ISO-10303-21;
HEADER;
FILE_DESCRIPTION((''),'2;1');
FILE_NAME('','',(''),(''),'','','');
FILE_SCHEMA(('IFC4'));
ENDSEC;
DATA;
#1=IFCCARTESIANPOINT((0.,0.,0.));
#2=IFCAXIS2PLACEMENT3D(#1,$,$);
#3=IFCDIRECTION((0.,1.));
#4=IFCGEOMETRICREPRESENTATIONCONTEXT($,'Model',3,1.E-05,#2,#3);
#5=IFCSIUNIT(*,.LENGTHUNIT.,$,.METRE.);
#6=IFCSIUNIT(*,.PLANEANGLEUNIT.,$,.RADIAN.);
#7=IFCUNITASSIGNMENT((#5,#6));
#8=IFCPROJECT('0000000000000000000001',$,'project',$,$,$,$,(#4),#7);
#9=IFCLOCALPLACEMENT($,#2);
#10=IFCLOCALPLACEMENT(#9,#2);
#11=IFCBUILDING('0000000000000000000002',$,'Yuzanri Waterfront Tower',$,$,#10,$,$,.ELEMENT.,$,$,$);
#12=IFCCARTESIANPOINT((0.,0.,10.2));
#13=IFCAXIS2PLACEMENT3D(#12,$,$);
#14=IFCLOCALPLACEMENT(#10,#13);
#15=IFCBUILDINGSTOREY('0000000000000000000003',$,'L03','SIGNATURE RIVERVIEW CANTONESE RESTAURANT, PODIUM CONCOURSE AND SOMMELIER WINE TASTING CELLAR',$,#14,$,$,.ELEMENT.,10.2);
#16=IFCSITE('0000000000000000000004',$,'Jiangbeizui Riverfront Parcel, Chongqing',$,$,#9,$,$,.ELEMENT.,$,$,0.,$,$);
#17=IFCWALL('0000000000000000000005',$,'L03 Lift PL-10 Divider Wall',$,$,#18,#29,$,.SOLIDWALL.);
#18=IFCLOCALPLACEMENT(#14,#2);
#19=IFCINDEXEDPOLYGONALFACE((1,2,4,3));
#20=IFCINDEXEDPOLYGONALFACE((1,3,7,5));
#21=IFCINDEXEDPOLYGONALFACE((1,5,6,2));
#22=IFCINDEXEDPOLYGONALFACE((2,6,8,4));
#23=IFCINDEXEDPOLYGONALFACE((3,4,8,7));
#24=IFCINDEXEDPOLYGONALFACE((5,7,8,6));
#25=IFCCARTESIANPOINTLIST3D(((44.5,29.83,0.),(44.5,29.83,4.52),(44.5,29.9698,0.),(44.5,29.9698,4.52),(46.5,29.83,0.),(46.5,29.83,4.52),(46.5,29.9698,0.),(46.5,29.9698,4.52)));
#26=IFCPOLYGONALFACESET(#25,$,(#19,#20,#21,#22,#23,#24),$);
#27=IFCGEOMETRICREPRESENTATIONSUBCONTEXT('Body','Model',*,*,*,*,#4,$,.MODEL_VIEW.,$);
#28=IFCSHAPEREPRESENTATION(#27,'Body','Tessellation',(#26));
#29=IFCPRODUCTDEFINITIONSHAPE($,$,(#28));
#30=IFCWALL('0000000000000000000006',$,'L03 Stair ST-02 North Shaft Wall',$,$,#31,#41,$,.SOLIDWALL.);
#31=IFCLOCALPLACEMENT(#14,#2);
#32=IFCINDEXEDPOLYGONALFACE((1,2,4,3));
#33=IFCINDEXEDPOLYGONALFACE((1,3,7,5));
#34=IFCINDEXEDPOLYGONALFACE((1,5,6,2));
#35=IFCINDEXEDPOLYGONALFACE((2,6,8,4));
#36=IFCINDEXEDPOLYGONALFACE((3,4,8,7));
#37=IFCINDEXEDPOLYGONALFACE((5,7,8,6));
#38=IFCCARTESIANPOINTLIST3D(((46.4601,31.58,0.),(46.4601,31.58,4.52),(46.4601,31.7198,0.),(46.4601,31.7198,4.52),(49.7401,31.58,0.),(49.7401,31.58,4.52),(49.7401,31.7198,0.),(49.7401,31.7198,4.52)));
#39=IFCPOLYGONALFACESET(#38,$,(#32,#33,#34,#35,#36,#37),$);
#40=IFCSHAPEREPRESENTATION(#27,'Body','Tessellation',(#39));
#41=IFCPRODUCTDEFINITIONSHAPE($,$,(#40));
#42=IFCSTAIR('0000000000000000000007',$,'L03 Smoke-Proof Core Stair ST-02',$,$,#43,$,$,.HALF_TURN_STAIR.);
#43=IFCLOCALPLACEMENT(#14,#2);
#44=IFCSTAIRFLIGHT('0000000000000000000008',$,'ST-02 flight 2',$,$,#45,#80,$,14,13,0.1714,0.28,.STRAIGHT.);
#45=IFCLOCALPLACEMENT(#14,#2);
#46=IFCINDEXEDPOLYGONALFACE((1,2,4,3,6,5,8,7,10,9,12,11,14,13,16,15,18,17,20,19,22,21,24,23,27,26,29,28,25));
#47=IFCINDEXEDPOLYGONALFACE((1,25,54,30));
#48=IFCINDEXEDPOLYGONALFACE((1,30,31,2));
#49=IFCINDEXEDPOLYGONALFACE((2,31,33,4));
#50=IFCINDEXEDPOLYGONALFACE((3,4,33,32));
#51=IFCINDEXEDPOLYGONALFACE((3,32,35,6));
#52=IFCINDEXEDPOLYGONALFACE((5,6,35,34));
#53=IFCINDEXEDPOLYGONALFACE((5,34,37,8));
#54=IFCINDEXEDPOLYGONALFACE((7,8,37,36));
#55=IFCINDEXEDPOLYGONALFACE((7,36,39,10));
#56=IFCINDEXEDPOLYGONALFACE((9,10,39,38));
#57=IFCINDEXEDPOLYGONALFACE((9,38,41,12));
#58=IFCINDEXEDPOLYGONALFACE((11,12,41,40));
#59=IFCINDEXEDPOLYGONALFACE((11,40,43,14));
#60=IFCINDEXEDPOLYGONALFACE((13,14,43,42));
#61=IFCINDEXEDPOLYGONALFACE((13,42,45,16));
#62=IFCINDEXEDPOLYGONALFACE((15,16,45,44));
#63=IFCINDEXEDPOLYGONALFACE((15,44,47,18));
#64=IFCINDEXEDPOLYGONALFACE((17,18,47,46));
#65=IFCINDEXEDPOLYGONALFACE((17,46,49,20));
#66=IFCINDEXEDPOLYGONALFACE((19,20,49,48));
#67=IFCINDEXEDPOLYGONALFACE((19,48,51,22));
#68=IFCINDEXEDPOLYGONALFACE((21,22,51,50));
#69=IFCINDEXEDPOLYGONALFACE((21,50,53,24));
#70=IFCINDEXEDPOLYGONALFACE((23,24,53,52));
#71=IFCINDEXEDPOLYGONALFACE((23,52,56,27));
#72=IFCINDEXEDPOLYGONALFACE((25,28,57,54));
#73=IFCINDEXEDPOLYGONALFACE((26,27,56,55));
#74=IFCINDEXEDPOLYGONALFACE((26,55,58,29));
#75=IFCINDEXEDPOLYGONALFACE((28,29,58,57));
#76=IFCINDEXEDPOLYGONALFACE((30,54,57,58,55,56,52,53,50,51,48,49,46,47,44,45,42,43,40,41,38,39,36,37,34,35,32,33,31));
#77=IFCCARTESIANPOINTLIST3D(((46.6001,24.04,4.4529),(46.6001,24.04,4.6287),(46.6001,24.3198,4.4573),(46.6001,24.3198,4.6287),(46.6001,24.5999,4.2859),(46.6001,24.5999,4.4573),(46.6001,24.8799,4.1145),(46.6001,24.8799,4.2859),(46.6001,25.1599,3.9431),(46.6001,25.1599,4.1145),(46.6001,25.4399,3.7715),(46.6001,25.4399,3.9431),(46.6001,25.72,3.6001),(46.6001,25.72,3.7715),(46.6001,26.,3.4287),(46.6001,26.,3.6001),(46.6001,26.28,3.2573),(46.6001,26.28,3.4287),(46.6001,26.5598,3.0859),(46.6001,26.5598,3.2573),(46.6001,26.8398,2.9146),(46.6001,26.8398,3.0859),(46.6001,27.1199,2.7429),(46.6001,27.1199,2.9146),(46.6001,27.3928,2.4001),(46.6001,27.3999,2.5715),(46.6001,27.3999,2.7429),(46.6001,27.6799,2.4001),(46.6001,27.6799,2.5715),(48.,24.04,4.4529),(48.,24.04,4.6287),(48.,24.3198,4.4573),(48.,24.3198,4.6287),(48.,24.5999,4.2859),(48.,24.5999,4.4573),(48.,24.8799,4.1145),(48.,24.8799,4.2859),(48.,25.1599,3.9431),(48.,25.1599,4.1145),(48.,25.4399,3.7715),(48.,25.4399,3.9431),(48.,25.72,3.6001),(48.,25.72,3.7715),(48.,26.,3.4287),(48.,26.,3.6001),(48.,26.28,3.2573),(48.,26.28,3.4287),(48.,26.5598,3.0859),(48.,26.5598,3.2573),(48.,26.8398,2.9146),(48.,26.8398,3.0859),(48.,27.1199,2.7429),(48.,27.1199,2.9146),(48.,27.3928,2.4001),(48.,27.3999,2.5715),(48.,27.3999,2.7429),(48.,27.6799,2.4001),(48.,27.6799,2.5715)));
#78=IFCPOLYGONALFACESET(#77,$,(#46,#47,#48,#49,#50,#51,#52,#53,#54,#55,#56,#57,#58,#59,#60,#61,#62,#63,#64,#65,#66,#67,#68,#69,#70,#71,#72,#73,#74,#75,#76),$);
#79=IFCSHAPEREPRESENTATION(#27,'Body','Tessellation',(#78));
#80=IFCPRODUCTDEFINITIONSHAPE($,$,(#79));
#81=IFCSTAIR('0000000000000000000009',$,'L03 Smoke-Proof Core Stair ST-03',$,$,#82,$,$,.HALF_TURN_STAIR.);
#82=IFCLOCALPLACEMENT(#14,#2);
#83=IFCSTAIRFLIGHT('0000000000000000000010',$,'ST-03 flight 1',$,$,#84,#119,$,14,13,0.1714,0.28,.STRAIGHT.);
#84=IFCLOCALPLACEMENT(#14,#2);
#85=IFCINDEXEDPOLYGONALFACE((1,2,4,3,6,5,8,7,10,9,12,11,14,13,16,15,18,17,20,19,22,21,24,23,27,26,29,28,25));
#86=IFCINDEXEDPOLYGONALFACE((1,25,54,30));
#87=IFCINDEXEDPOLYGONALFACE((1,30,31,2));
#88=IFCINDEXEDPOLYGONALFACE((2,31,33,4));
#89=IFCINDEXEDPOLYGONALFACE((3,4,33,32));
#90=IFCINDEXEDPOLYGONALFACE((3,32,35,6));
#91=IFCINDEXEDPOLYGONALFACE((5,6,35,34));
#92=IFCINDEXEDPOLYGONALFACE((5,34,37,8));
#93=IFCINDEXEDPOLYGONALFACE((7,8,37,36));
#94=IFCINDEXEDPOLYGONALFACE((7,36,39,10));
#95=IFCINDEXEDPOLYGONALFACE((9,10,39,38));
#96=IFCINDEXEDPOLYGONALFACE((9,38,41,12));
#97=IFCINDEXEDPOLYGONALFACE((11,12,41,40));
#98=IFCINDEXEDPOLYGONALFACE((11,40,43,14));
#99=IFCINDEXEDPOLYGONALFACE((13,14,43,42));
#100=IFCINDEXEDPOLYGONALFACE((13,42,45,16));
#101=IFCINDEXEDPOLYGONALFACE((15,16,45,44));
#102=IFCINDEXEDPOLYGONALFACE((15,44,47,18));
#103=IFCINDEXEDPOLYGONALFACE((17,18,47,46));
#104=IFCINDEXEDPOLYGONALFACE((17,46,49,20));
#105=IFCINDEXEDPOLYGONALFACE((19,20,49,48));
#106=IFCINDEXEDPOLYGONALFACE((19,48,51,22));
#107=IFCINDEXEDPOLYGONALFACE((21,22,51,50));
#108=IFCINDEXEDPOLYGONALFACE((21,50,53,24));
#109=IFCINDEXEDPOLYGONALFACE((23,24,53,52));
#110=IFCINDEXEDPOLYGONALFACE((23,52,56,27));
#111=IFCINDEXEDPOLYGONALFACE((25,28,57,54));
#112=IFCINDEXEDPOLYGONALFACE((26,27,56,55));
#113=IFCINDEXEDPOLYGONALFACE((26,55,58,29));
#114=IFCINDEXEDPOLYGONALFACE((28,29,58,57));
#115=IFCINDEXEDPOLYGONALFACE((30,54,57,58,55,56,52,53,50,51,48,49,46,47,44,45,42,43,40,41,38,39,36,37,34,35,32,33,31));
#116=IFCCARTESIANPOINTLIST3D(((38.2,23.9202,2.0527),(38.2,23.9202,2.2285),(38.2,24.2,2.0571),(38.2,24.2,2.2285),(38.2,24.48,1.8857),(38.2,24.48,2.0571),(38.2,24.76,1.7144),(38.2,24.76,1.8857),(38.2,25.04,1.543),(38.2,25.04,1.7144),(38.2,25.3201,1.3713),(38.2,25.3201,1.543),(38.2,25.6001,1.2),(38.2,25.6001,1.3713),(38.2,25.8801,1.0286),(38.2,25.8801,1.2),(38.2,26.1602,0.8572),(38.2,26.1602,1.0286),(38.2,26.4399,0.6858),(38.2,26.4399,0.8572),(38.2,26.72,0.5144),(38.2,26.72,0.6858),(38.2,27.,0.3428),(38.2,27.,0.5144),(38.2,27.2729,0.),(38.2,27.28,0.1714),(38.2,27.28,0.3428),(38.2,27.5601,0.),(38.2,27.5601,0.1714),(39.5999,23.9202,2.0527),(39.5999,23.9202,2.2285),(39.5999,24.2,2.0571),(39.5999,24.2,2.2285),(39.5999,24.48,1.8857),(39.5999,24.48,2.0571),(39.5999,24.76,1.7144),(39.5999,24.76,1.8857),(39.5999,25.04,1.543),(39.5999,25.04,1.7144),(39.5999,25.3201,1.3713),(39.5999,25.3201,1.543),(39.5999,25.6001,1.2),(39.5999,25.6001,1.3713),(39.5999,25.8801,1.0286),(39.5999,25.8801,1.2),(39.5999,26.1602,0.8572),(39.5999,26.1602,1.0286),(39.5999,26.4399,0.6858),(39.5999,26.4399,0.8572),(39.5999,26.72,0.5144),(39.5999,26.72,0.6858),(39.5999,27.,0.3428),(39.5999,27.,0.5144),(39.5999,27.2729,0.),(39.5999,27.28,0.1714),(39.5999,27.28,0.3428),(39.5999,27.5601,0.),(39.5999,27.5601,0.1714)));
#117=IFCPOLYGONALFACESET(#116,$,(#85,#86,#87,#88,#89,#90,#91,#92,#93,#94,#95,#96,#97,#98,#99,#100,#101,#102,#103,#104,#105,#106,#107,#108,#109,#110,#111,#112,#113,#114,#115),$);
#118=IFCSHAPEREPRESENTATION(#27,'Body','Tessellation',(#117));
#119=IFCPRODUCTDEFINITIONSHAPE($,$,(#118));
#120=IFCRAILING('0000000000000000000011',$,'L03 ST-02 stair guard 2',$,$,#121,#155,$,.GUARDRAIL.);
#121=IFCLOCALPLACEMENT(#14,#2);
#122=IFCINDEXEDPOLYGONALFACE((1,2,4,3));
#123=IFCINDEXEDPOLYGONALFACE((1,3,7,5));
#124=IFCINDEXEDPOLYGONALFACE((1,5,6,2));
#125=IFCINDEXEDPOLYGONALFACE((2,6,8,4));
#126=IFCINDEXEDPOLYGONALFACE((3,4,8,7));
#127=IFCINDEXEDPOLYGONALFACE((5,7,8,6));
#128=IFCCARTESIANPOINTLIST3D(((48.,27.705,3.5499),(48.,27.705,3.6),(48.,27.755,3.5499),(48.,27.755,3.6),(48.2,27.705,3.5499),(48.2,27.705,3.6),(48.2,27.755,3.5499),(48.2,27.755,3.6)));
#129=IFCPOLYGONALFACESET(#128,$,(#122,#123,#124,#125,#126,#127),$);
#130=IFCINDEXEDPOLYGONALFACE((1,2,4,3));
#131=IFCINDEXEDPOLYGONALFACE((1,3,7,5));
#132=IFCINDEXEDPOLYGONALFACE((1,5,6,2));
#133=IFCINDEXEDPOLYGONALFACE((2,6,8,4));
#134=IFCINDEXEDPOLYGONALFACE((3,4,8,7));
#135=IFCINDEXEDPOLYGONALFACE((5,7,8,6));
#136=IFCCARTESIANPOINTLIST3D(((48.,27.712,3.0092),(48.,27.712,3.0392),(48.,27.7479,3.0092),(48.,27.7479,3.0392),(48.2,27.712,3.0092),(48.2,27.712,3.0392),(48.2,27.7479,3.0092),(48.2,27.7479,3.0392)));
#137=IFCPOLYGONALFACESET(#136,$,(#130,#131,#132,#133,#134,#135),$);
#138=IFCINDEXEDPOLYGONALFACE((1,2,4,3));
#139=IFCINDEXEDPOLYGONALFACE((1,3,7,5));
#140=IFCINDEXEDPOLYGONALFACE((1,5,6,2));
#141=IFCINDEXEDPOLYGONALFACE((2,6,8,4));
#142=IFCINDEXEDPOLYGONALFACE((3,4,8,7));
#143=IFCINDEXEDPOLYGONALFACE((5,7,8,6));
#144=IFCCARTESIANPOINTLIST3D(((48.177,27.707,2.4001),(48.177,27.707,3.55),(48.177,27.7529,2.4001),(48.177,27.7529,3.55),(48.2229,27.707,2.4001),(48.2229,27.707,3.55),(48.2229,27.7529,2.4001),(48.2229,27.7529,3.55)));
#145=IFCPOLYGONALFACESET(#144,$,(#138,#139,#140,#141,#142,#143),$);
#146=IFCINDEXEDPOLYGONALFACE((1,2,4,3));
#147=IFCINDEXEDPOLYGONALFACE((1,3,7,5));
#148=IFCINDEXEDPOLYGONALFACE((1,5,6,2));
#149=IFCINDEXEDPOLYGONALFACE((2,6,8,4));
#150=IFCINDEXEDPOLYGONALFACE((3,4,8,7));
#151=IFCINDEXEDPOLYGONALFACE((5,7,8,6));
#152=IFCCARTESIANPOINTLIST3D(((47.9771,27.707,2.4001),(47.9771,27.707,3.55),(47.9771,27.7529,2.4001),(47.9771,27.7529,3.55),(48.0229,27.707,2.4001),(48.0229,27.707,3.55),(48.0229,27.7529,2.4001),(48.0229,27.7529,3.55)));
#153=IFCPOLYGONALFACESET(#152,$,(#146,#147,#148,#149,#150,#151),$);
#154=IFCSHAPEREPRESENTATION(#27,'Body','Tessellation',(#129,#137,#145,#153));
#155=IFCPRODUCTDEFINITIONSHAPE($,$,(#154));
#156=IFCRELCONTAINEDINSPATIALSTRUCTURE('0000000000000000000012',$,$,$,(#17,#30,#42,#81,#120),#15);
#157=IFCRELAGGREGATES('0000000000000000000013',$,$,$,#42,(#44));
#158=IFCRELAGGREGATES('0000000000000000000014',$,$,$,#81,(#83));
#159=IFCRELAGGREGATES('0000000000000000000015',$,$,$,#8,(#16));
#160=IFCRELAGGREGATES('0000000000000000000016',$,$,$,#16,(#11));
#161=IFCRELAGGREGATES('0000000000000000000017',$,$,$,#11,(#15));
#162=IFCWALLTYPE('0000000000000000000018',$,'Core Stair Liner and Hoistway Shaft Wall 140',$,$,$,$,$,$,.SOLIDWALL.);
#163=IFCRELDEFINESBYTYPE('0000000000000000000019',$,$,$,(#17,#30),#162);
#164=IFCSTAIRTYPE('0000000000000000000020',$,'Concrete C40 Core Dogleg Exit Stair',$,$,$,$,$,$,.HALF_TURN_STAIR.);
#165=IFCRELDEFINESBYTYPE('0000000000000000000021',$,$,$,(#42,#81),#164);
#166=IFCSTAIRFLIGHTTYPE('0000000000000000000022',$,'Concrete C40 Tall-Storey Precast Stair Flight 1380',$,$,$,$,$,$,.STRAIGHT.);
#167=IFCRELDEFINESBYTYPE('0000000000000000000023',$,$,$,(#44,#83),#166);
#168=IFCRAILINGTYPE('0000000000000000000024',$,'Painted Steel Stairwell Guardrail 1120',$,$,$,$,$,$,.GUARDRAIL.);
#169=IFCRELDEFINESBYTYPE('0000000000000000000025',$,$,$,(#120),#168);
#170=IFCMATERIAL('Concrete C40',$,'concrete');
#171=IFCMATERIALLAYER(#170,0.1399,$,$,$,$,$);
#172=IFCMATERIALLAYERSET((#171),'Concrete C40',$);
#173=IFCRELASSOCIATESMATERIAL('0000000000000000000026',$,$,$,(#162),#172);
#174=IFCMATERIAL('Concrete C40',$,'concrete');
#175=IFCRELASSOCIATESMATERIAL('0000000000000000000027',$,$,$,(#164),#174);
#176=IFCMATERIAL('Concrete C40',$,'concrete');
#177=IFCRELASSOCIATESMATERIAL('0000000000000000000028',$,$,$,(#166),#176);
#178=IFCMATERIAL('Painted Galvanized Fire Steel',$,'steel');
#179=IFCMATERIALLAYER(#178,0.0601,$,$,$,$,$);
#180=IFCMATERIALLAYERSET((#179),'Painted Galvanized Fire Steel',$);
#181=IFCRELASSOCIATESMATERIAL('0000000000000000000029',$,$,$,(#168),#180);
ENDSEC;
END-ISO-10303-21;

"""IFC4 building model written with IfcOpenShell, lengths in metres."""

from ifc_helpers import new_model, si_unit, direction, frame, frame_2d, origin, origin_2d, place, context, subcontext, project, spatial, polyline, rectangle, outline, extrude, source, transform, mapped, material, layer, layer_set, type_object, element, aggregate, save


model = new_model("IFC4")

# Units and contexts
model_context = context("Model", 3, precision=1e-05, world=origin(), true_north=direction((0.0, 1.0)))
body_context = subcontext(model_context, "Body", "Model", "MODEL_VIEW")
ifc_project = project(units=[si_unit("LENGTHUNIT", "METRE"), si_unit("PLANEANGLEUNIT", "RADIAN")], contexts=[model_context])

# Site, building, storey
site_placement = place(None, origin())
site = spatial("IfcSite", under=ifc_project, at=site_placement, Name="Jiangbeizui Riverfront Parcel, Chongqing", CompositionType="ELEMENT", RefElevation=0.0)
building_placement = place(site_placement, origin())
building = spatial("IfcBuilding", under=site, at=building_placement, Name="Yuzanri Waterfront Tower", CompositionType="ELEMENT")
storey_placement = place(building_placement, frame((0.0, 0.0, 10.2)))
storey = spatial("IfcBuildingStorey", under=building, at=storey_placement, Name="L03", Description="SIGNATURE RIVERVIEW CANTONESE RESTAURANT, PODIUM CONCOURSE AND SOMMELIER WINE TASTING CELLAR", CompositionType="ELEMENT", Elevation=10.2)

# Shared definitions
ifc_material_1 = material(Name="Concrete C40", Category="concrete")
ifc_layer_1 = layer(ifc_material_1, 0.1399)
ifc_layer_set_1 = layer_set([ifc_layer_1], Name="Concrete C40")
wall_type = type_object("IfcWallType", Name="Core Stair Liner and Hoistway Shaft Wall 140", PredefinedType="SOLIDWALL", material=ifc_layer_set_1)

# Walls
shared_shape_1 = source(origin(), body_context, "Body", "SweptSolid", [
    extrude(rectangle(XDim=2.0, YDim=0.1399, at=frame_2d((1.0, 0.0))), origin(), (0.0, 0.0, 1.0), 4.52),
])
for number, where, z_axis, x_axis, name in (
    (1, (44.5, 29.8999, 0.0), (0.0, 0.0, 1.0), (1.0, 0.0, 0.0), "L03 Lift PL-10 Divider Wall"),
):
    element("IfcWall", number, at=place(storey_placement, frame(where, z_axis=z_axis, x_axis=x_axis)), inside=storey, type_object=wall_type, Name=name, PredefinedType="SOLIDWALL", context=body_context, shape_type="MappedRepresentation", body=[
        mapped(shared_shape_1, transform((0.0, 0.0, 0.0), scale=1.0)),
    ])
shared_shape_2 = source(origin(), body_context, "Body", "SweptSolid", [
    extrude(rectangle(XDim=3.28, YDim=0.1399, at=frame_2d((1.6401, 0.0))), origin(), (0.0, 0.0, 1.0), 4.52),
])
wall_1_placement = place(storey_placement, frame((46.46, 31.6499, 0.0), z_axis=(0.0, 0.0, 1.0), x_axis=(1.0, 0.0, 0.0)))
element("IfcWall", 2, at=wall_1_placement, inside=storey, type_object=wall_type, Name="L03 Stair ST-02 North Shaft Wall", PredefinedType="SOLIDWALL", context=body_context, shape_type="MappedRepresentation", body=[
    mapped(shared_shape_2, transform((0.0, 0.0, 0.0), scale=1.0)),
])

# Stairs, stair flights
ifc_material_2 = material(Name="Concrete C40", Category="concrete")
stair_type = type_object("IfcStairType", Name="Concrete C40 Core Dogleg Exit Stair", PredefinedType="HALF_TURN_STAIR", material=ifc_material_2)
stair_1_placement = place(storey_placement, origin())
stair_1 = element("IfcStair", 3, at=stair_1_placement, inside=storey, type_object=stair_type, Name="L03 Smoke-Proof Core Stair ST-02", PredefinedType="HALF_TURN_STAIR")
ifc_material_3 = material(Name="Concrete C40", Category="concrete")
stair_flight_type = type_object("IfcStairFlightType", Name="Concrete C40 Tall-Storey Precast Stair Flight 1380", PredefinedType="STRAIGHT", material=ifc_material_3)
shared_shape_3 = source(origin(), body_context, "Body", "SweptSolid", [
    extrude(outline(polyline([(0.0, 0.0), (0.0, 0.1714), (0.28, 0.1714), (0.28, 0.3428), (0.5601, 0.3428), (0.5601, 0.5144), (0.8401, 0.5144), (0.8401, 0.6858), (1.1201, 0.6858), (1.1201, 0.8572), (1.3999, 0.8572), (1.3999, 1.0286), (1.6799, 1.0286), (1.6799, 1.2), (1.96, 1.2), (1.96, 1.3713), (2.24, 1.3713), (2.24, 1.543), (2.52, 1.543), (2.52, 1.7144), (2.8, 1.7144), (2.8, 1.8857), (3.0801, 1.8857), (3.0801, 2.0571), (3.3601, 2.0571), (3.3601, 2.2285), (3.6399, 2.2285), (3.6399, 2.3999), (3.6399, 2.0527), (0.2871, 0.0), (0.0, 0.0)])), frame((0.0, 0.7, 0.0), z_axis=(0.0, -1.0, 0.0), x_axis=(1.0, 0.0, 0.0)), (0.0, 0.0, 1.0), 1.3999),
])
stair_flight_1_placement = place(storey_placement, frame((47.3, 27.6799, 2.4001), z_axis=(0.0, 0.0, 1.0), x_axis=(0.0, -1.0, 0.0)))
stair_flight_1 = element("IfcStairFlight", 4, at=stair_flight_1_placement, type_object=stair_flight_type, Name="ST-02 flight 2", NumberOfRisers=14, NumberOfTreads=13, PredefinedType="STRAIGHT", RiserHeight=0.1714, TreadLength=0.28, context=body_context, shape_type="MappedRepresentation", body=[
    mapped(shared_shape_3, transform((0.0, 0.0, 0.0), scale=1.0)),
])
aggregate(stair_1, [stair_flight_1])
stair_2_placement = place(storey_placement, origin())
stair_2 = element("IfcStair", 5, at=stair_2_placement, inside=storey, type_object=stair_type, Name="L03 Smoke-Proof Core Stair ST-03", PredefinedType="HALF_TURN_STAIR")
stair_flight_2_placement = place(storey_placement, frame((38.8999, 27.5601, 0.0), z_axis=(0.0, 0.0, 1.0), x_axis=(0.0, -1.0, 0.0)))
stair_flight_2 = element("IfcStairFlight", 6, at=stair_flight_2_placement, type_object=stair_flight_type, Name="ST-03 flight 1", NumberOfRisers=14, NumberOfTreads=13, PredefinedType="STRAIGHT", RiserHeight=0.1714, TreadLength=0.28, context=body_context, shape_type="MappedRepresentation", body=[
    mapped(shared_shape_3, transform((0.0, 0.0, 0.0), scale=1.0)),
])
aggregate(stair_2, [stair_flight_2])

# Railing
ifc_material_4 = material(Name="Painted Galvanized Fire Steel", Category="steel")
ifc_layer_2 = layer(ifc_material_4, 0.0601)
ifc_layer_set_2 = layer_set([ifc_layer_2], Name="Painted Galvanized Fire Steel")
railing_type_1 = type_object("IfcRailingType", Name="Painted Steel Stairwell Guardrail 1120", PredefinedType="GUARDRAIL", material=ifc_layer_set_2)
shared_shape_4 = source(origin(), body_context, "Body", "SweptSolid", [
    extrude(rectangle(XDim=0.05, YDim=0.05, at=origin_2d()), frame((0.0, 0.0, 1.1748), z_axis=(-1.0, 0.0, 0.0), x_axis=(0.0, -1.0, 0.0)), (0.0, 0.0, 1.0), 0.2),
    extrude(rectangle(XDim=0.0359, YDim=0.03, at=origin_2d()), frame((0.0, 0.0, 0.624), z_axis=(-1.0, 0.0, 0.0), x_axis=(0.0, -1.0, 0.0)), (0.0, 0.0, 1.0), 0.2),
    extrude(rectangle(XDim=0.0459, YDim=0.0459, at=origin_2d()), origin(), (0.0, 0.0, 1.0), 1.1499),
    extrude(rectangle(XDim=0.0459, YDim=0.0459, at=origin_2d()), frame((-0.2, 0.0, 0.0)), (0.0, 0.0, 1.0), 1.1499),
])
railing_1_placement = place(storey_placement, frame((48.2, 27.73, 2.4001)))
element("IfcRailing", 7, at=railing_1_placement, inside=storey, type_object=railing_type_1, Name="L03 ST-02 stair guard 2", PredefinedType="GUARDRAIL", context=body_context, shape_type="MappedRepresentation", body=[
    mapped(shared_shape_4, transform((0.0, 0.0, 0.0), scale=1.0)),
])

save(model, "model.ifc")
